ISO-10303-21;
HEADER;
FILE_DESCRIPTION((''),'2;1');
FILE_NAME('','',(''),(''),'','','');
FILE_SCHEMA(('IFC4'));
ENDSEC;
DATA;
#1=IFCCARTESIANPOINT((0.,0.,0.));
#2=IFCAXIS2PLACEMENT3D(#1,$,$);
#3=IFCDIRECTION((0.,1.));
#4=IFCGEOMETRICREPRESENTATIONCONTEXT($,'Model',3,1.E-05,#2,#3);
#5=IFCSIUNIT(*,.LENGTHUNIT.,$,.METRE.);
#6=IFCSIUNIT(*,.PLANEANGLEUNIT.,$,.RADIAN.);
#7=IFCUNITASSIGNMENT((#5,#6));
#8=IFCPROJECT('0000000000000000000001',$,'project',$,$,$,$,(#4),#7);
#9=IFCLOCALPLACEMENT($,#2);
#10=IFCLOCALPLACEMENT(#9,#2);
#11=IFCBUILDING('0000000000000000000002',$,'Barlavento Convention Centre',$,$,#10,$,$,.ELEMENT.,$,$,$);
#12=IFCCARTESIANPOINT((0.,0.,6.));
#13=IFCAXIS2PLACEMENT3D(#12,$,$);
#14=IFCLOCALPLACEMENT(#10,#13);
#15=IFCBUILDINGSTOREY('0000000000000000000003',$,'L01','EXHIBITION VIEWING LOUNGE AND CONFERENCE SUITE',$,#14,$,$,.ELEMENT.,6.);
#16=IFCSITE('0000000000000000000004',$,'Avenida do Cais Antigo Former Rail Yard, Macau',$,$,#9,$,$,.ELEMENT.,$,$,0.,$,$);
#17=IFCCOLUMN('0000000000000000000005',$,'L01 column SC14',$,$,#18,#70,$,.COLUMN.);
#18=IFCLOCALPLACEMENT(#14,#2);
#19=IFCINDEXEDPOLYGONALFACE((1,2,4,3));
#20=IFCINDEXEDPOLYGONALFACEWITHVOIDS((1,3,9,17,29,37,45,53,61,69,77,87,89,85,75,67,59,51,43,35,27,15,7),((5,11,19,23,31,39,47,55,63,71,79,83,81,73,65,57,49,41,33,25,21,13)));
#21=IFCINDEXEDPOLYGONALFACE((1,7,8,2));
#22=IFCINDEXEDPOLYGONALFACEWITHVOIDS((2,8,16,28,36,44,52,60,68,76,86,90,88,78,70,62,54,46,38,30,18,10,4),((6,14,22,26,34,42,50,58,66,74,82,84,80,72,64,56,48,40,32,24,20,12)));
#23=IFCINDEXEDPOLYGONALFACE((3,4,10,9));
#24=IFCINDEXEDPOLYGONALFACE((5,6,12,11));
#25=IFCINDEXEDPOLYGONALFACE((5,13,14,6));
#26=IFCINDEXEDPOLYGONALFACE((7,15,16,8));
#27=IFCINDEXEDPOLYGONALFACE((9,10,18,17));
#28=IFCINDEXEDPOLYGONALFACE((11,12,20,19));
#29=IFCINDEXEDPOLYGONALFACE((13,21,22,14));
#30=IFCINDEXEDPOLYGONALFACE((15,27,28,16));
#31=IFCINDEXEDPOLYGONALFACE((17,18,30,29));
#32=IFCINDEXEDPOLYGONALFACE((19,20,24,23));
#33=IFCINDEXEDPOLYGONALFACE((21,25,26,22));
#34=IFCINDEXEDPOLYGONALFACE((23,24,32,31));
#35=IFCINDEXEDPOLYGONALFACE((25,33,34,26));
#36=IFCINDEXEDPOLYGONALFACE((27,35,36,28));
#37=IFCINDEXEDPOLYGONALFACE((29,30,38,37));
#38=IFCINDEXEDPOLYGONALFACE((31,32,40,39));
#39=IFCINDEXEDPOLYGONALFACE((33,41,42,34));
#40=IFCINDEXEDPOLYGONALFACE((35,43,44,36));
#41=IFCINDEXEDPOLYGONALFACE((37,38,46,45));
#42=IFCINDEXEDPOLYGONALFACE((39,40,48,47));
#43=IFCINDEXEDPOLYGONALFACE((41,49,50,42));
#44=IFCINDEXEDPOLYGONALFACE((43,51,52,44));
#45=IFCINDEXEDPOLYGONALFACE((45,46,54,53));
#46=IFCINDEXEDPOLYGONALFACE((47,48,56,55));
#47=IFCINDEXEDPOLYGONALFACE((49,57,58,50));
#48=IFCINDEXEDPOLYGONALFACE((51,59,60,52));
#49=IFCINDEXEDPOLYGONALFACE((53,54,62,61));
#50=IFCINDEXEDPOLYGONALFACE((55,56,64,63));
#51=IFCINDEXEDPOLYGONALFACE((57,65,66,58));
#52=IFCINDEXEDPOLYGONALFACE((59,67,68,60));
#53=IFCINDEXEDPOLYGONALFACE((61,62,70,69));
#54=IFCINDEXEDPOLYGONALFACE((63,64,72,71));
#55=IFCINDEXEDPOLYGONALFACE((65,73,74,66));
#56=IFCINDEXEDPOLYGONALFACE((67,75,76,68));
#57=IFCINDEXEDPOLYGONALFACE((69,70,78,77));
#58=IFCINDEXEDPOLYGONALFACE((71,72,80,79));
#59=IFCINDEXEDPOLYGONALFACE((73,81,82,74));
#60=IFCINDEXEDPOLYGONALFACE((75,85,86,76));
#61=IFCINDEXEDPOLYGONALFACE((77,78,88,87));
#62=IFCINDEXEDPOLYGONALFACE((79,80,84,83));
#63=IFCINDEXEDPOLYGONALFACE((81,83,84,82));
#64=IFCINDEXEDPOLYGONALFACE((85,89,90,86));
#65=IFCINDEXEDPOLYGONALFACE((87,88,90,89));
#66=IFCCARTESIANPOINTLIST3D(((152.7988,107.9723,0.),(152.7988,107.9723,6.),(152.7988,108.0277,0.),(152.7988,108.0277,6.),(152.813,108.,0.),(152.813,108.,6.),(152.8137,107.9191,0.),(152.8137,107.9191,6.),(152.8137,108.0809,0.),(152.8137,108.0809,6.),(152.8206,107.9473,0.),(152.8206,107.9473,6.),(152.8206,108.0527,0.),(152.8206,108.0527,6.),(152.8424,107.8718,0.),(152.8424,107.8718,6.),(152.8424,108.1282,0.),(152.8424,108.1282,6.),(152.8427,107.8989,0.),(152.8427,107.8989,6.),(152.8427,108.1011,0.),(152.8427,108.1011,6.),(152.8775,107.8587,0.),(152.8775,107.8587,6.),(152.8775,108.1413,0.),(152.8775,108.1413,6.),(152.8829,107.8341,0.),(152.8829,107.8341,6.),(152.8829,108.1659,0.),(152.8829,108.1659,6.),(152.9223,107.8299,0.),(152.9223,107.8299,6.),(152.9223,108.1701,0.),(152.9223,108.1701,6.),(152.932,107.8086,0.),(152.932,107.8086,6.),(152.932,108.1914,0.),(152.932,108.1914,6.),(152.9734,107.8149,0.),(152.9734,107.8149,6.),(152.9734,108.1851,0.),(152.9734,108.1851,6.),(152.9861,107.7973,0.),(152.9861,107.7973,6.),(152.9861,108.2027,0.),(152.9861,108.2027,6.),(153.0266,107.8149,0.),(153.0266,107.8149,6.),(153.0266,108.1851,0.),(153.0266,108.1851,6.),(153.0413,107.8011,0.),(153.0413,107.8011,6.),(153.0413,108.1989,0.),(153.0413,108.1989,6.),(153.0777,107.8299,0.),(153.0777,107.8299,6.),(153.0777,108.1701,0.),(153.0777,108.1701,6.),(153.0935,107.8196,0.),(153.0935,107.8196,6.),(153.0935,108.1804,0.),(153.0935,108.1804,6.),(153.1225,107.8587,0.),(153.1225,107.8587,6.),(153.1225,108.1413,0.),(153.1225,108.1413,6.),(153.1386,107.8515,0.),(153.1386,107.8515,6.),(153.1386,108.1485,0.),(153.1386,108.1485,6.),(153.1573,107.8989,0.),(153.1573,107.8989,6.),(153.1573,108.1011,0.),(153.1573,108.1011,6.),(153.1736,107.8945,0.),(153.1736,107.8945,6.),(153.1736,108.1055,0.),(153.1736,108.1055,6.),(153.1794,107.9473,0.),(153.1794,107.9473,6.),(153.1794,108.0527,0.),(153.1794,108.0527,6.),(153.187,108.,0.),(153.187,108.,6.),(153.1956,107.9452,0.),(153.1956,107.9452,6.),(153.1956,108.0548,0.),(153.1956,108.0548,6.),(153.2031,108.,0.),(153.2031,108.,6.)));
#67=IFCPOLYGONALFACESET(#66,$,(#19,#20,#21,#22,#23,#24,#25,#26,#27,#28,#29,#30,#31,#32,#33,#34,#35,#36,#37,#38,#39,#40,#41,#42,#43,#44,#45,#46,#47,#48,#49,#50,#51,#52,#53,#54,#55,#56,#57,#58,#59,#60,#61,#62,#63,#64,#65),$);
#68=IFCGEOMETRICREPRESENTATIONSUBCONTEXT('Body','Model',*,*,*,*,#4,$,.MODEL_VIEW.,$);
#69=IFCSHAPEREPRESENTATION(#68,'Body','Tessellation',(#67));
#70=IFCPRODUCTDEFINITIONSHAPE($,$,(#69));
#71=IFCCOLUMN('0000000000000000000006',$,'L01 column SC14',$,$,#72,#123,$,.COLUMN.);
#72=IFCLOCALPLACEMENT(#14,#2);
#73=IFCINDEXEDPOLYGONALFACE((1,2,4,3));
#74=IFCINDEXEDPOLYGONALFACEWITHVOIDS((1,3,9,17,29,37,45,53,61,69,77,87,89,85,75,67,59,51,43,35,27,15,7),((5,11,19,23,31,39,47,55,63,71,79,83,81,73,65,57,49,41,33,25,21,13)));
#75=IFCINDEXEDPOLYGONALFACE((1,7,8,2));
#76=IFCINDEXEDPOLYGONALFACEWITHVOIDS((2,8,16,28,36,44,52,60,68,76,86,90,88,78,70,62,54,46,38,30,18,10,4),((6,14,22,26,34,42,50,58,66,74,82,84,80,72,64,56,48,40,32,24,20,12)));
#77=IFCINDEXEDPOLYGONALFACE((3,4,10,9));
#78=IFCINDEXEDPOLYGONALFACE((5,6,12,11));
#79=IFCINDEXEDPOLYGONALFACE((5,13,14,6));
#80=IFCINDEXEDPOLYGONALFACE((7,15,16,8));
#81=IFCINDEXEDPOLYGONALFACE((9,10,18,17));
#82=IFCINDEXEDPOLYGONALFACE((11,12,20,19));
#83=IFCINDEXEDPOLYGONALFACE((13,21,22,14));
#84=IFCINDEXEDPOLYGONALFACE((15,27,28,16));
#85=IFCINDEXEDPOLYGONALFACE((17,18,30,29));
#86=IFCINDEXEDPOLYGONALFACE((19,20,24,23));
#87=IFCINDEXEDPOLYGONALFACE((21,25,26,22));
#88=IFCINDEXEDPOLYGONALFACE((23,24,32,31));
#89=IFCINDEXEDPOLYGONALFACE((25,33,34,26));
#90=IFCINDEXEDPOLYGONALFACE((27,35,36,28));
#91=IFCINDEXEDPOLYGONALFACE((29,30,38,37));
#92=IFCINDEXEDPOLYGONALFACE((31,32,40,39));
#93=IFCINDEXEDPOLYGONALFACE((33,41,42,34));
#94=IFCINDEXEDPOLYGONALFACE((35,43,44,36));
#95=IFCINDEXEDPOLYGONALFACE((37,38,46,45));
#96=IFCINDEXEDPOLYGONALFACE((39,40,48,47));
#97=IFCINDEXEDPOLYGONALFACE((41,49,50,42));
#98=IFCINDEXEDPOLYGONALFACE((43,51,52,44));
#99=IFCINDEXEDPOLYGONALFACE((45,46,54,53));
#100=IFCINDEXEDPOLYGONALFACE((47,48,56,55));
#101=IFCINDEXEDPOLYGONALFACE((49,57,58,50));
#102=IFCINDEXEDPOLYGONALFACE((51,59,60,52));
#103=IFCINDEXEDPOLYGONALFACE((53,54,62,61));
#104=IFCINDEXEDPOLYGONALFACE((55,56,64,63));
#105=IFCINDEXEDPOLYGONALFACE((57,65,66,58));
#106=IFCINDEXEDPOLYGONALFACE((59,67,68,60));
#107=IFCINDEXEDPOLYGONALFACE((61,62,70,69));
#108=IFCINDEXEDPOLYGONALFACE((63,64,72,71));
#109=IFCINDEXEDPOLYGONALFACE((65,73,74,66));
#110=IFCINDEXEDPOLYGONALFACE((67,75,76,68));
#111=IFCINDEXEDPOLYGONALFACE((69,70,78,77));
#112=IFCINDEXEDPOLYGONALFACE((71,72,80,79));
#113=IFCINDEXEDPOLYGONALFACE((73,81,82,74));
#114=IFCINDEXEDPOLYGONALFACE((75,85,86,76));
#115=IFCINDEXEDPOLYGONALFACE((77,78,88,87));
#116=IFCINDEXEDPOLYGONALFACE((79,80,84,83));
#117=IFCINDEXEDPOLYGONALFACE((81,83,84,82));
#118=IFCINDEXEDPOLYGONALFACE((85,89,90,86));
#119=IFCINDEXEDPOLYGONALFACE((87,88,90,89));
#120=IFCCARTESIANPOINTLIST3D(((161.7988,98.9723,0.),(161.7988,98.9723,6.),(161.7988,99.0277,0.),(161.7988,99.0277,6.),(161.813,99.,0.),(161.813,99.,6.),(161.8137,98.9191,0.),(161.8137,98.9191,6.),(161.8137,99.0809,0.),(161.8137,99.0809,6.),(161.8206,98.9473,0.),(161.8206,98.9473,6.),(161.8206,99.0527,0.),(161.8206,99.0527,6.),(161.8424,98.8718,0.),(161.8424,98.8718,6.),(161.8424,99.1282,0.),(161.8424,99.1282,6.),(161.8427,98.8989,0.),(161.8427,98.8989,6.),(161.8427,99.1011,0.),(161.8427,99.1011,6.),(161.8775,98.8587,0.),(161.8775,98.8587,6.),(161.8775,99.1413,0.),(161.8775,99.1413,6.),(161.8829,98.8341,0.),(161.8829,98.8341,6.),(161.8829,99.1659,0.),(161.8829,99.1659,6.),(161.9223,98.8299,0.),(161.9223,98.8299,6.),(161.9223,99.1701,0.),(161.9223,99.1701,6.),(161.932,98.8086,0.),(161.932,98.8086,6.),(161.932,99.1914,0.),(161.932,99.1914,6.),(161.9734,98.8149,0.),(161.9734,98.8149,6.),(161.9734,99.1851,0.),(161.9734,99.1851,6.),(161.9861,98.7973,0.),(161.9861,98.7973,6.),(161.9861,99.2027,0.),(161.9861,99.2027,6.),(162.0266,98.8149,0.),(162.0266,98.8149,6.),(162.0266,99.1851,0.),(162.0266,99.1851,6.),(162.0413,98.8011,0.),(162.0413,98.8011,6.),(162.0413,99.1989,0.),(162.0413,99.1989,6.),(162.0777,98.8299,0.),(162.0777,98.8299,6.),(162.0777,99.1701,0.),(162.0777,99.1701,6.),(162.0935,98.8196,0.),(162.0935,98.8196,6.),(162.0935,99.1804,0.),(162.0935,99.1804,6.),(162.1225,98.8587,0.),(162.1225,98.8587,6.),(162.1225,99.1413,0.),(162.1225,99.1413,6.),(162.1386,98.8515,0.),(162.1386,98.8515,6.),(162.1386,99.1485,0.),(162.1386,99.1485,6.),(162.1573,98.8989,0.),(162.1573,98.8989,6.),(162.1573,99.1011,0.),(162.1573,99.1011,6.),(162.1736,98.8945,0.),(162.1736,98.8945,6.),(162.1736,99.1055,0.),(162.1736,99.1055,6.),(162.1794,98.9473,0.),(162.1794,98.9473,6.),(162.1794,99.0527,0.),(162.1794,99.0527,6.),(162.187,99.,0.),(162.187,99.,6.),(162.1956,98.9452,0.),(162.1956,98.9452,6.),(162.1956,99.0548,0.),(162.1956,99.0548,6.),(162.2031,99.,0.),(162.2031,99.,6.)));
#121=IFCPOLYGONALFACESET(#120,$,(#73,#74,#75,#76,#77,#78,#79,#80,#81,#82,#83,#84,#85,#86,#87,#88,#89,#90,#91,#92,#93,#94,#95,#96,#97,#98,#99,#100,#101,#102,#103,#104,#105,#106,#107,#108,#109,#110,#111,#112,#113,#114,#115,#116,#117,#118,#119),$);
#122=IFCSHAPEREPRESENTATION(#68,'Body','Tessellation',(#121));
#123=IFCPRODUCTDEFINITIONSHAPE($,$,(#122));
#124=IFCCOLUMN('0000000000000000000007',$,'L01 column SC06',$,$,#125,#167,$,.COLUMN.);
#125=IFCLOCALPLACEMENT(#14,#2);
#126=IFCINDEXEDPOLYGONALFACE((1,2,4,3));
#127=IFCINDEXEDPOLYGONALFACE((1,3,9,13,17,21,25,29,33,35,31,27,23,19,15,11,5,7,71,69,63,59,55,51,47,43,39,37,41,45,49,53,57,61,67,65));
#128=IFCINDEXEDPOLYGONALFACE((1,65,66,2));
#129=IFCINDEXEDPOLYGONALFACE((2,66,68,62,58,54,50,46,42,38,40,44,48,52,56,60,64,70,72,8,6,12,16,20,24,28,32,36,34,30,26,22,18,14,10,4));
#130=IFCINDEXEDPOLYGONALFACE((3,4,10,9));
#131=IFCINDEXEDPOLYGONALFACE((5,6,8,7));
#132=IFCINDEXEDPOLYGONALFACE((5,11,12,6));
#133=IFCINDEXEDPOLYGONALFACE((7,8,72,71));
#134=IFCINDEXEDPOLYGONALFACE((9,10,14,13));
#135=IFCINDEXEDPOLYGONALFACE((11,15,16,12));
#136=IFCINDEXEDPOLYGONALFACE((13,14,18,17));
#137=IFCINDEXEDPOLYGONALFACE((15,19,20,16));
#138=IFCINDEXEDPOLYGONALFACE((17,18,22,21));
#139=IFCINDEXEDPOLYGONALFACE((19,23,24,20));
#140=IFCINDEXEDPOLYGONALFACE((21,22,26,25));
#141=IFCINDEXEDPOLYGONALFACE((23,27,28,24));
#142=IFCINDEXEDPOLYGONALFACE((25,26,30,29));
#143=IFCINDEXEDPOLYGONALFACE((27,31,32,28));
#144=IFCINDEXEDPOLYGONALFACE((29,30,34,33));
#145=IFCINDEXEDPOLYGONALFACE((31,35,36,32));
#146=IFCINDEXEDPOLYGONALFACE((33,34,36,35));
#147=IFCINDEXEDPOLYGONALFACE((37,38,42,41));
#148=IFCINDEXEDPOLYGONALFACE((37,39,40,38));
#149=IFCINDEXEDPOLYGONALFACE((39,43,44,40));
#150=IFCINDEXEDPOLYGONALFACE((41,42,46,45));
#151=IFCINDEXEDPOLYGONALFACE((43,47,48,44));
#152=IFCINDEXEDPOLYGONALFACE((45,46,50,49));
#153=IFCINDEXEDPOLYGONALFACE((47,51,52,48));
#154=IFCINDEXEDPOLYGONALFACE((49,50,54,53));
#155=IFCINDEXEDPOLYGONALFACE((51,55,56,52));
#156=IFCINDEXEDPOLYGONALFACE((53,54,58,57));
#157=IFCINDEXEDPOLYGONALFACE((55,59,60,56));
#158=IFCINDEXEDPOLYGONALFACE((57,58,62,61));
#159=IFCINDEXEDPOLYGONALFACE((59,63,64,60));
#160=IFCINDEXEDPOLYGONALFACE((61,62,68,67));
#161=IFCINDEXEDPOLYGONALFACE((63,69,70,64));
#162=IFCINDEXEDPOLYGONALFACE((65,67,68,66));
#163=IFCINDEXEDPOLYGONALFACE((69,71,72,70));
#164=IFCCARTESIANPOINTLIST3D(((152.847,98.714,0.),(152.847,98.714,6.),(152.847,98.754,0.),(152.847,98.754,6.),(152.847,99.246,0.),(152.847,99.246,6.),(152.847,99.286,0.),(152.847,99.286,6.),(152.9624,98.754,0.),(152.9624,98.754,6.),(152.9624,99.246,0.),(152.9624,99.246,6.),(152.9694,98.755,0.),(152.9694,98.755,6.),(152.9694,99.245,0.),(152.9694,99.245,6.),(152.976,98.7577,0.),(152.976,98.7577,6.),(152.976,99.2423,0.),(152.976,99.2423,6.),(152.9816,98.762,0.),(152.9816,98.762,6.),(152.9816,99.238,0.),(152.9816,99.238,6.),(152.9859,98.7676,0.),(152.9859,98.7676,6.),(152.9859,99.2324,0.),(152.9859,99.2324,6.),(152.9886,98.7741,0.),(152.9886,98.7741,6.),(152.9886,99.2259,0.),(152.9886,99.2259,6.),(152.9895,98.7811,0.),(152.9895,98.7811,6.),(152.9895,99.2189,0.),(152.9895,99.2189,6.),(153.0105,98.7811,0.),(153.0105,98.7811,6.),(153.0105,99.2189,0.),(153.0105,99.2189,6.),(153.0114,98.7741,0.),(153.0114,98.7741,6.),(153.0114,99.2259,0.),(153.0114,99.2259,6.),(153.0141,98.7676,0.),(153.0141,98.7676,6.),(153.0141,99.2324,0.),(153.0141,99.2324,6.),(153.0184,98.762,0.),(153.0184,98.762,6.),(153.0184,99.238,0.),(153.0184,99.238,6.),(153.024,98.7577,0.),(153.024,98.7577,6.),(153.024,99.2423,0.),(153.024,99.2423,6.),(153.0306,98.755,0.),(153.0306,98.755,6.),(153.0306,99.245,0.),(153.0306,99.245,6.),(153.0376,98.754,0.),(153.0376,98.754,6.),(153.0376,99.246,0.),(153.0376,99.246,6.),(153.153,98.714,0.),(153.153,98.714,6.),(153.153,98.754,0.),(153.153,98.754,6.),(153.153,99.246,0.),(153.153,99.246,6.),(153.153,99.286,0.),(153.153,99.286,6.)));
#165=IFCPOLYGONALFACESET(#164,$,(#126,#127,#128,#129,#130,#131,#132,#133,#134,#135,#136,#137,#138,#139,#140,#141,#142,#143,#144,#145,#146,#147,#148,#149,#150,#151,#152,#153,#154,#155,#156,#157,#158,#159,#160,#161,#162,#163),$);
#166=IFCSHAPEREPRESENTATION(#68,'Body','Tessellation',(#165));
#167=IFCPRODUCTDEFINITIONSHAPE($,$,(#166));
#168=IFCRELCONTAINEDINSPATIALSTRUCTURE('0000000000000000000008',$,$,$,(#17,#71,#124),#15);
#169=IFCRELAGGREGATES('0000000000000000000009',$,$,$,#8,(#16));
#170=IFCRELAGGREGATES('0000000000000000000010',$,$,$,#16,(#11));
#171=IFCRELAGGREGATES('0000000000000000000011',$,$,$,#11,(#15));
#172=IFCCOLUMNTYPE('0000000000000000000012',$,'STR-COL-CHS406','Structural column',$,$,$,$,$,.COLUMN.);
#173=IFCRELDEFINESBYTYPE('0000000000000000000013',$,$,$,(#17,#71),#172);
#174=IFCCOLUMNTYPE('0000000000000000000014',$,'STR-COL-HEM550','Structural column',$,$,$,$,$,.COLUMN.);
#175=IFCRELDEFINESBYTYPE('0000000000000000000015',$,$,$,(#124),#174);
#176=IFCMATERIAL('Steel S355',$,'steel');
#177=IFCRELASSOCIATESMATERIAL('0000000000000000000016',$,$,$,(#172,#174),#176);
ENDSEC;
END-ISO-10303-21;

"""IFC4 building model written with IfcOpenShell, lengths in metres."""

from ifc_helpers import new_model, si_unit, direction, frame, origin, origin_2d, place, context, subcontext, project, spatial, hollow_circle, i_section, extrude, material, material_profile, profile_set, type_object, element, save


model = new_model("IFC4")

# Units and contexts
model_context = context("Model", 3, precision=1e-05, world=origin(), true_north=direction((0.0, 1.0)))
body_context = subcontext(model_context, "Body", "Model", "MODEL_VIEW")
ifc_project = project(units=[si_unit("LENGTHUNIT", "METRE"), si_unit("PLANEANGLEUNIT", "RADIAN")], contexts=[model_context])

# Site, building, storey
site_placement = place(None, origin())
site = spatial("IfcSite", under=ifc_project, at=site_placement, Name="Avenida do Cais Antigo Former Rail Yard, Macau", CompositionType="ELEMENT", RefElevation=0.0)
building_placement = place(site_placement, origin())
building = spatial("IfcBuilding", under=site, at=building_placement, Name="Barlavento Convention Centre", CompositionType="ELEMENT")
storey_placement = place(building_placement, frame((0.0, 0.0, 6.0)))
storey = spatial("IfcBuildingStorey", under=building, at=storey_placement, Name="L01", Description="EXHIBITION VIEWING LOUNGE AND CONFERENCE SUITE", CompositionType="ELEMENT", Elevation=6.0)

# Columns
ifc_material_1 = material(Name="Steel S355", Category="steel")
ifc_material_profile_1 = material_profile(ifc_material_1, hollow_circle(Radius=0.2031, WallThickness=0.0161, at=origin_2d()), Name="CHS 406.4x16.0")
ifc_profile_set_1 = profile_set([ifc_material_profile_1], Name="Steel S355")
column_type_1 = type_object("IfcColumnType", Name="STR-COL-CHS406", Description="Structural column", PredefinedType="COLUMN", material=ifc_profile_set_1)
for number, where, z_axis, x_axis, name in (
    (1, (153.0, 108.0, 0.0), (0.0, 0.0, 1.0), (1.0, 0.0, 0.0), "L01 column SC14"),
    (2, (162.0, 99.0, 0.0), (0.0, 0.0, 1.0), (1.0, 0.0, 0.0), "L01 column SC14"),
):
    element("IfcColumn", number, at=place(storey_placement, frame(where, z_axis=z_axis, x_axis=x_axis)), inside=storey, type_object=column_type_1, Name=name, PredefinedType="COLUMN", context=body_context, shape_type="SweptSolid", body=[
        extrude(hollow_circle(Radius=0.2031, WallThickness=0.0161, at=origin_2d()), origin(), (0.0, 0.0, 1.0), 6.0),
    ])
ifc_material_profile_2 = material_profile(ifc_material_1, i_section(OverallWidth=0.3059, OverallDepth=0.572, WebThickness=0.021, FlangeThickness=0.04, FilletRadius=0.0271, at=origin_2d()), Name="HEM 550")
ifc_profile_set_2 = profile_set([ifc_material_profile_2], Name="Steel S355")
column_type_2 = type_object("IfcColumnType", Name="STR-COL-HEM550", Description="Structural column", PredefinedType="COLUMN", material=ifc_profile_set_2)
column_1_placement = place(storey_placement, frame((153.0, 99.0, 0.0), z_axis=(0.0, 0.0, 1.0), x_axis=(1.0, 0.0, 0.0)))
element("IfcColumn", 3, at=column_1_placement, inside=storey, type_object=column_type_2, Name="L01 column SC06", PredefinedType="COLUMN", context=body_context, shape_type="SweptSolid", body=[
    extrude(i_section(OverallWidth=0.3059, OverallDepth=0.572, WebThickness=0.021, FlangeThickness=0.04, FilletRadius=0.0271, at=origin_2d()), origin(), (0.0, 0.0, 1.0), 6.0),
])

save(model, "model.ifc")
